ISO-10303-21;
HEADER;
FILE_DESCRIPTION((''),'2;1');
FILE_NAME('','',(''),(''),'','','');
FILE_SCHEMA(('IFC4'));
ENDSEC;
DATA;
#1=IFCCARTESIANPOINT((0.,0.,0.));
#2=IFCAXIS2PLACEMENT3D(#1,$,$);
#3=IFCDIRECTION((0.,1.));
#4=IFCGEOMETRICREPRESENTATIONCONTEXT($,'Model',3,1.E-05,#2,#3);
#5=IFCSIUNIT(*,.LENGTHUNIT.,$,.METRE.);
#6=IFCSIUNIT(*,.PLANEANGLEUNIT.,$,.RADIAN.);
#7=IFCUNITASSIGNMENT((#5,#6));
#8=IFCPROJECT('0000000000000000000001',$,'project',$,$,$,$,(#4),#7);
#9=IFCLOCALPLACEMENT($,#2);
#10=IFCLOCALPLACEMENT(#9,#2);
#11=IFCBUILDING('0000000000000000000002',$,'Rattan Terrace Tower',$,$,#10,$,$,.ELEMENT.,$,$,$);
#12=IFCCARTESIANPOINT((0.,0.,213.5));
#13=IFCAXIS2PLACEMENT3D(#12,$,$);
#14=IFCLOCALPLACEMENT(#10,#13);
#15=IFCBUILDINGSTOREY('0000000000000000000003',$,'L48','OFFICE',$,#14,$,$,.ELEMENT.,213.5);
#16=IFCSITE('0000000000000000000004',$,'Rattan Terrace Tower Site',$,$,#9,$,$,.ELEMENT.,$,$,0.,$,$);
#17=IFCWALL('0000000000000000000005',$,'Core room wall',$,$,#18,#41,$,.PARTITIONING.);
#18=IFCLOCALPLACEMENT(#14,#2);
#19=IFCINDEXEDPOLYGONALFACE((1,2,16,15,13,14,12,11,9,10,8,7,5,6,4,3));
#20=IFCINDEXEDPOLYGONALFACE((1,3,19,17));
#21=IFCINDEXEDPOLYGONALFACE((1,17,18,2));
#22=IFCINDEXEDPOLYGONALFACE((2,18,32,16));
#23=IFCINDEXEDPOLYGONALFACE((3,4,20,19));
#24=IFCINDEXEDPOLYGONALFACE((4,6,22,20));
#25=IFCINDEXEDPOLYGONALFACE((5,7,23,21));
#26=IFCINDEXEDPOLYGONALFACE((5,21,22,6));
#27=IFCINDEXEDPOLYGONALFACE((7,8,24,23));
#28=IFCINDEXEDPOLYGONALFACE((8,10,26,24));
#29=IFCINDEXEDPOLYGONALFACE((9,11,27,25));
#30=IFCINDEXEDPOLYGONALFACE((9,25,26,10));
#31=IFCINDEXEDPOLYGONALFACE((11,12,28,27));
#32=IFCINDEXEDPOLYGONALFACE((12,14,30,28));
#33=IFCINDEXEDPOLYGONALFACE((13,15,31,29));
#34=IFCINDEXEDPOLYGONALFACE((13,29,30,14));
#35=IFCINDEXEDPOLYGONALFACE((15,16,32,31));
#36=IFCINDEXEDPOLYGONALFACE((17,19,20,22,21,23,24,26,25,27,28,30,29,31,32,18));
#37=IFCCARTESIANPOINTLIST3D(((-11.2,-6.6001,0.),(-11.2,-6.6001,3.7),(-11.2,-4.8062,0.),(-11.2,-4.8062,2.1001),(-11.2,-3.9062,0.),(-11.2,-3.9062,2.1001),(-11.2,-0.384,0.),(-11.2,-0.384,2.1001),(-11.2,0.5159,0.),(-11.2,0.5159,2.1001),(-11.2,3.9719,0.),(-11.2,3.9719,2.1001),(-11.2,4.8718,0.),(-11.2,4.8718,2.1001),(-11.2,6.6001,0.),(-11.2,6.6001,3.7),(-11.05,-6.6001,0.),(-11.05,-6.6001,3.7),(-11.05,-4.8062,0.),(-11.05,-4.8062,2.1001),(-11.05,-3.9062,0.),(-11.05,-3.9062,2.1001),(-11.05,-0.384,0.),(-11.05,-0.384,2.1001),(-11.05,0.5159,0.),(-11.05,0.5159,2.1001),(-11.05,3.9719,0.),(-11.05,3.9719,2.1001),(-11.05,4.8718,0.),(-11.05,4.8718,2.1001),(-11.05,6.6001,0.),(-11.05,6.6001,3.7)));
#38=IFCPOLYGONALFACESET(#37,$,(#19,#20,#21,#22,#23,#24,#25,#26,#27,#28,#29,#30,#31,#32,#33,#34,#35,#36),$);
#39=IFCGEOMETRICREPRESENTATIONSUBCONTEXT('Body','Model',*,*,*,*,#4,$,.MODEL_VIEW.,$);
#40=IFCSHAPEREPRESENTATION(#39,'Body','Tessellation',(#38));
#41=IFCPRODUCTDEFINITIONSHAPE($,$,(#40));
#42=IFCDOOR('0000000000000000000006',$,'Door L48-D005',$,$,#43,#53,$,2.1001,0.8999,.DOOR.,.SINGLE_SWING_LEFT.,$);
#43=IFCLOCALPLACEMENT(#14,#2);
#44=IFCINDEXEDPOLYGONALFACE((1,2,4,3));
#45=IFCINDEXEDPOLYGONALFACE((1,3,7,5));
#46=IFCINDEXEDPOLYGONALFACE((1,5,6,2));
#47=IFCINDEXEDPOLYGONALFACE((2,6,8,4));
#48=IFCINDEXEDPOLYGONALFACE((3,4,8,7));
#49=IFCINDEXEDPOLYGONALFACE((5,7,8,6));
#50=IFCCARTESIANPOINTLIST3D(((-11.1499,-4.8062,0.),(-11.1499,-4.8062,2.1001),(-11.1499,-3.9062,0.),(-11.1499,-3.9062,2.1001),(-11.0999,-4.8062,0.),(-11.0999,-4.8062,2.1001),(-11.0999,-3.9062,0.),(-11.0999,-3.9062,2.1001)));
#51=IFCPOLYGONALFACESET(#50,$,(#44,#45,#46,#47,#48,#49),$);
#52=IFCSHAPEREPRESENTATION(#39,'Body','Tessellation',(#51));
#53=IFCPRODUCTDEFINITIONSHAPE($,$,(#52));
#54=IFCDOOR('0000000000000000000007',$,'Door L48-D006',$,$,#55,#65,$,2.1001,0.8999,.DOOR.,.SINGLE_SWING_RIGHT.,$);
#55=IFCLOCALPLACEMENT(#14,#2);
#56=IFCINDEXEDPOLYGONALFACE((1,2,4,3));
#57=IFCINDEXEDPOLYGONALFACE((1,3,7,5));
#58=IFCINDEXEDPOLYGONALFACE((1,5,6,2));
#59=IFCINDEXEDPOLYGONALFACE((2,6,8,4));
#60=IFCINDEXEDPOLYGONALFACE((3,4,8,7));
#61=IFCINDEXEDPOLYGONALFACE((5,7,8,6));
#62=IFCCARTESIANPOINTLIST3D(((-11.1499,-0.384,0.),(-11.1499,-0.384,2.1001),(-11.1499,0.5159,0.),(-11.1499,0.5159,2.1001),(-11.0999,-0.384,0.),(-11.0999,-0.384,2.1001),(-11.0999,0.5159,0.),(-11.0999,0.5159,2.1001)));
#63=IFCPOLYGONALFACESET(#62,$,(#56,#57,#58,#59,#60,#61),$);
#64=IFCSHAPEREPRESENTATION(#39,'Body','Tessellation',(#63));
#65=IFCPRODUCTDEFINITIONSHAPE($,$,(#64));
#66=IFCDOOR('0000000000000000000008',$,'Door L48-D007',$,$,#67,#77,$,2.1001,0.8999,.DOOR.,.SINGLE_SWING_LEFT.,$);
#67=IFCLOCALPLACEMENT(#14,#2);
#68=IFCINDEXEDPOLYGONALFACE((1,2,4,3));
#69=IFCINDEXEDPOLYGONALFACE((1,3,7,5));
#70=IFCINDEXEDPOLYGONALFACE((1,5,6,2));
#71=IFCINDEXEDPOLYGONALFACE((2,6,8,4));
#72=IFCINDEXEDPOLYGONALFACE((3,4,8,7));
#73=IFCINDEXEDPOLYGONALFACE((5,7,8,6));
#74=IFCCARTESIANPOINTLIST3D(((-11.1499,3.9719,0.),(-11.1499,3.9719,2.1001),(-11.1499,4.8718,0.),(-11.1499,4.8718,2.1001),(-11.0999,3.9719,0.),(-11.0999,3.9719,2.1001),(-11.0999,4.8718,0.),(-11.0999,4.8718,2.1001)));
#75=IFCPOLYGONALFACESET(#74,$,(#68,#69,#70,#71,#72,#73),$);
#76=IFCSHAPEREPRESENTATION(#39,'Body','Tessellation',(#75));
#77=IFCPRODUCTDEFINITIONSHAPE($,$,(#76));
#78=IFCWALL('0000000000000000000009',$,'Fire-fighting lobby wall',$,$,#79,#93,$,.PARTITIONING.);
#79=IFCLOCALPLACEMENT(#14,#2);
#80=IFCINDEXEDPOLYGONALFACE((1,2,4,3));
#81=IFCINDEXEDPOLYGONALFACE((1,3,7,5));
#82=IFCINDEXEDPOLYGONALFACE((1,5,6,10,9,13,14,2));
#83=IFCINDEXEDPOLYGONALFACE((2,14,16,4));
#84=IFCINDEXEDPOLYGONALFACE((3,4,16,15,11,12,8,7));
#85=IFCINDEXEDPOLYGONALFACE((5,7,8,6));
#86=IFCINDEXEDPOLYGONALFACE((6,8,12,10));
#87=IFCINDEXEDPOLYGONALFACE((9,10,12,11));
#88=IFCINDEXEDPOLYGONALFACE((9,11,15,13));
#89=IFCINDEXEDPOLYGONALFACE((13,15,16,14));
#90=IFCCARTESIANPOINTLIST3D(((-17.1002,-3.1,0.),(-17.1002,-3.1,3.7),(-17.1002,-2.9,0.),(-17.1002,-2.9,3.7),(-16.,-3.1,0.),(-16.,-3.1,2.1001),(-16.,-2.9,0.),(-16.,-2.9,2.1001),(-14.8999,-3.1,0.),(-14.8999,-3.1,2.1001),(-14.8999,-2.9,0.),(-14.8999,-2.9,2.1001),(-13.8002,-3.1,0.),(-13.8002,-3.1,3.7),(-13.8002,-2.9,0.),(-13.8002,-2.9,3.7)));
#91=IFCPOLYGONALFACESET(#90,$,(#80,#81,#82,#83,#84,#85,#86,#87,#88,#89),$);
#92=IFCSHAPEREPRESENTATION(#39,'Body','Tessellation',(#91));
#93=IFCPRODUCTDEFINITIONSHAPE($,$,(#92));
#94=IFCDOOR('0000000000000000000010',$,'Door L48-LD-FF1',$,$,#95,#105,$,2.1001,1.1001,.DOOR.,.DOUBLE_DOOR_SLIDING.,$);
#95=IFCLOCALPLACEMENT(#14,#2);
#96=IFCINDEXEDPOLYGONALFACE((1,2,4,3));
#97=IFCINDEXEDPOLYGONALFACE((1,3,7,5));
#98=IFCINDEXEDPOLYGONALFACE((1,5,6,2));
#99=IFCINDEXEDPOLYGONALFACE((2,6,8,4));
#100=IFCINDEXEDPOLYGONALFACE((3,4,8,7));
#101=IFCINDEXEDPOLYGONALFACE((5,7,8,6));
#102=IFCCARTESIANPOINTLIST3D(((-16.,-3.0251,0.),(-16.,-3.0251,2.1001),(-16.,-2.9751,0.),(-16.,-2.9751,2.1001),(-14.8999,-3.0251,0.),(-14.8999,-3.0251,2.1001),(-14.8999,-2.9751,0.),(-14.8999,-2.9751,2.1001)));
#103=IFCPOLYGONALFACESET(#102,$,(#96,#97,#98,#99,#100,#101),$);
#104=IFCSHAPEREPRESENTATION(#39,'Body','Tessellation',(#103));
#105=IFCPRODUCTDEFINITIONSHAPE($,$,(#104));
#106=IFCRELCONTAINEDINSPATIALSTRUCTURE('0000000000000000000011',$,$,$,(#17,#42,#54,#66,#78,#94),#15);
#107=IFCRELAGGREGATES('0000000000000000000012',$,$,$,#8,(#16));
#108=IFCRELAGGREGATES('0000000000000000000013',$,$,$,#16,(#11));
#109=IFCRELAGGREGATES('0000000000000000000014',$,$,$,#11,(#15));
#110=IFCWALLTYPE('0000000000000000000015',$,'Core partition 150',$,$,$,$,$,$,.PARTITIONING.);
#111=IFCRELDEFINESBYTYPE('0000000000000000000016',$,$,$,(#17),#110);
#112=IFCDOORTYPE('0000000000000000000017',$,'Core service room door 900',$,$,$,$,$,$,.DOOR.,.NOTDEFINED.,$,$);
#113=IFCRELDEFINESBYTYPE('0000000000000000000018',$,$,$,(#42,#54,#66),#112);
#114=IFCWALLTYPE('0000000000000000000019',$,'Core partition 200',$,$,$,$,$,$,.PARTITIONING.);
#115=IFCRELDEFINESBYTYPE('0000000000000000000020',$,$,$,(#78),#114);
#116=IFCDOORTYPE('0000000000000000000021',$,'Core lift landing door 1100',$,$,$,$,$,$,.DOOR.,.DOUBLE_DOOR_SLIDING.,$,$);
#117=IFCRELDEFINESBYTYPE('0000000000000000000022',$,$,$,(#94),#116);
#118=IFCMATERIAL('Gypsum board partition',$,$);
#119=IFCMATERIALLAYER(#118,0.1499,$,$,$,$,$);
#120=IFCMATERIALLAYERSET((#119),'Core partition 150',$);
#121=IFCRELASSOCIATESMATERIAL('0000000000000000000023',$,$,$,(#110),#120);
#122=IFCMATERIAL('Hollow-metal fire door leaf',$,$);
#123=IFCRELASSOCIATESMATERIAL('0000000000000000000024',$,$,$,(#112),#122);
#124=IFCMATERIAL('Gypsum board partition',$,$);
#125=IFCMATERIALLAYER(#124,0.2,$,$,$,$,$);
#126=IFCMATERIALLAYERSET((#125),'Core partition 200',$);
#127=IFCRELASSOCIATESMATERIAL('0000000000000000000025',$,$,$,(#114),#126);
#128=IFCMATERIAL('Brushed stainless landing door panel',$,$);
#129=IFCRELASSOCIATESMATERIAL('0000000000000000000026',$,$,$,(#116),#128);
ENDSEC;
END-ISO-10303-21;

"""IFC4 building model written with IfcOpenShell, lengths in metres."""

from ifc_helpers import new_model, si_unit, direction, frame, frame_2d, origin, place, context, subcontext, project, spatial, rectangle, extrude, material, layer, layer_set, type_object, element, fill, save


model = new_model("IFC4")

# Units and contexts
model_context = context("Model", 3, precision=1e-05, world=origin(), true_north=direction((0.0, 1.0)))
body_context = subcontext(model_context, "Body", "Model", "MODEL_VIEW")
ifc_project = project(units=[si_unit("LENGTHUNIT", "METRE"), si_unit("PLANEANGLEUNIT", "RADIAN")], contexts=[model_context])

# Site, building, storey
site_placement = place(None, origin())
site = spatial("IfcSite", under=ifc_project, at=site_placement, Name="Rattan Terrace Tower Site", CompositionType="ELEMENT", RefElevation=0.0)
building_placement = place(site_placement, origin())
building = spatial("IfcBuilding", under=site, at=building_placement, Name="Rattan Terrace Tower", CompositionType="ELEMENT")
storey_placement = place(building_placement, frame((0.0, 0.0, 213.5)))
storey = spatial("IfcBuildingStorey", under=building, at=storey_placement, Name="L48", Description="OFFICE", CompositionType="ELEMENT", Elevation=213.5)

# Wall, openings, doors
ifc_material_1 = material(Name="Gypsum board partition")
ifc_layer_1 = layer(ifc_material_1, 0.1499)
ifc_layer_set_1 = layer_set([ifc_layer_1], Name="Core partition 150")
wall_type_1 = type_object("IfcWallType", Name="Core partition 150", PredefinedType="PARTITIONING", material=ifc_layer_set_1)
wall_1_placement = place(storey_placement, frame((-11.125, -6.6001, 0.0), z_axis=(0.0, 0.0, 1.0), x_axis=(0.0, 1.0, 0.0)))
wall_1 = element("IfcWall", 1, at=wall_1_placement, inside=storey, type_object=wall_type_1, Name="Core room wall", PredefinedType="PARTITIONING", context=body_context, shape_type="SweptSolid", body=[
    extrude(rectangle(XDim=13.2002, YDim=0.1499, at=frame_2d((6.6001, 0.0))), origin(), (0.0, 0.0, 1.0), 3.7),
])
opening_1_placement = place(wall_1_placement, frame((1.7939, 0.0, 0.0)))
opening_1 = element("IfcOpeningElement", 2, at=opening_1_placement, cuts=wall_1, PredefinedType="OPENING", context=body_context, shape_type="SweptSolid", body=[
    extrude(rectangle(XDim=0.8999, YDim=2.1001, at=frame_2d((0.45, 1.05))), frame((0.0, 0.0854, 0.0), z_axis=(0.0, -1.0, 0.0), x_axis=(1.0, 0.0, 0.0)), (0.0, 0.0, 1.0), 0.1709),
])
opening_2_placement = place(wall_1_placement, frame((6.2161, 0.0, 0.0)))
opening_2 = element("IfcOpeningElement", 3, at=opening_2_placement, cuts=wall_1, PredefinedType="OPENING", context=body_context, shape_type="SweptSolid", body=[
    extrude(rectangle(XDim=0.8999, YDim=2.1001, at=frame_2d((0.45, 1.05))), frame((0.0, 0.0854, 0.0), z_axis=(0.0, -1.0, 0.0), x_axis=(1.0, 0.0, 0.0)), (0.0, 0.0, 1.0), 0.1709),
])
opening_3_placement = place(wall_1_placement, frame((10.572, 0.0, 0.0)))
opening_3 = element("IfcOpeningElement", 4, at=opening_3_placement, cuts=wall_1, PredefinedType="OPENING", context=body_context, shape_type="SweptSolid", body=[
    extrude(rectangle(XDim=0.8999, YDim=2.1001, at=frame_2d((0.45, 1.05))), frame((0.0, 0.0854, 0.0), z_axis=(0.0, -1.0, 0.0), x_axis=(1.0, 0.0, 0.0)), (0.0, 0.0, 1.0), 0.1709),
])
ifc_material_2 = material(Name="Hollow-metal fire door leaf")
door_type_1 = type_object("IfcDoorType", Name="Core service room door 900", OperationType="NOTDEFINED", PredefinedType="DOOR", material=ifc_material_2)
door_1_placement = place(opening_1_placement, origin())
door_1 = element("IfcDoor", 5, at=door_1_placement, inside=storey, type_object=door_type_1, Name="Door L48-D005", OperationType="SINGLE_SWING_LEFT", OverallHeight=2.1001, OverallWidth=0.8999, PredefinedType="DOOR", context=body_context, shape_type="SweptSolid", body=[
    extrude(rectangle(XDim=0.8999, YDim=2.1001, at=frame_2d((0.45, 1.05))), frame((0.0, 0.0249, 0.0), z_axis=(0.0, -1.0, 0.0), x_axis=(1.0, 0.0, 0.0)), (0.0, 0.0, 1.0), 0.05),
])
fill(opening_1, door_1)
door_2_placement = place(opening_2_placement, origin())
door_2 = element("IfcDoor", 6, at=door_2_placement, inside=storey, type_object=door_type_1, Name="Door L48-D006", OperationType="SINGLE_SWING_RIGHT", OverallHeight=2.1001, OverallWidth=0.8999, PredefinedType="DOOR", context=body_context, shape_type="SweptSolid", body=[
    extrude(rectangle(XDim=0.8999, YDim=2.1001, at=frame_2d((0.45, 1.05))), frame((0.0, 0.0249, 0.0), z_axis=(0.0, -1.0, 0.0), x_axis=(1.0, 0.0, 0.0)), (0.0, 0.0, 1.0), 0.05),
])
fill(opening_2, door_2)
door_3_placement = place(opening_3_placement, origin())
door_3 = element("IfcDoor", 7, at=door_3_placement, inside=storey, type_object=door_type_1, Name="Door L48-D007", OperationType="SINGLE_SWING_LEFT", OverallHeight=2.1001, OverallWidth=0.8999, PredefinedType="DOOR", context=body_context, shape_type="SweptSolid", body=[
    extrude(rectangle(XDim=0.8999, YDim=2.1001, at=frame_2d((0.45, 1.05))), frame((0.0, 0.0249, 0.0), z_axis=(0.0, -1.0, 0.0), x_axis=(1.0, 0.0, 0.0)), (0.0, 0.0, 1.0), 0.05),
])
fill(opening_3, door_3)

# Wall, opening, door
ifc_material_3 = material(Name="Gypsum board partition")
ifc_layer_2 = layer(ifc_material_3, 0.2)
ifc_layer_set_2 = layer_set([ifc_layer_2], Name="Core partition 200")
wall_type_2 = type_object("IfcWallType", Name="Core partition 200", PredefinedType="PARTITIONING", material=ifc_layer_set_2)
wall_2_placement = place(storey_placement, frame((-17.1001, -3.0, 0.0), z_axis=(0.0, 0.0, 1.0), x_axis=(1.0, 0.0, 0.0)))
wall_2 = element("IfcWall", 8, at=wall_2_placement, inside=storey, type_object=wall_type_2, Name="Fire-fighting lobby wall", PredefinedType="PARTITIONING", context=body_context, shape_type="SweptSolid", body=[
    extrude(rectangle(XDim=3.3, YDim=0.2, at=frame_2d((1.6499, 0.0))), origin(), (0.0, 0.0, 1.0), 3.7),
])
opening_4_placement = place(wall_2_placement, frame((1.1001, 0.0, 0.0)))
opening_4 = element("IfcOpeningElement", 9, at=opening_4_placement, cuts=wall_2, PredefinedType="OPENING", context=body_context, shape_type="SweptSolid", body=[
    extrude(rectangle(XDim=1.1001, YDim=2.1001, at=frame_2d((0.55, 1.05))), frame((0.0, 0.1106, 0.0), z_axis=(0.0, -1.0, 0.0), x_axis=(1.0, 0.0, 0.0)), (0.0, 0.0, 1.0), 0.2209),
])
ifc_material_4 = material(Name="Brushed stainless landing door panel")
door_type_2 = type_object("IfcDoorType", Name="Core lift landing door 1100", OperationType="DOUBLE_DOOR_SLIDING", PredefinedType="DOOR", material=ifc_material_4)
door_4_placement = place(opening_4_placement, origin())
door_4 = element("IfcDoor", 10, at=door_4_placement, inside=storey, type_object=door_type_2, Name="Door L48-LD-FF1", OperationType="DOUBLE_DOOR_SLIDING", OverallHeight=2.1001, OverallWidth=1.1001, PredefinedType="DOOR", context=body_context, shape_type="SweptSolid", body=[
    extrude(rectangle(XDim=1.1001, YDim=2.1001, at=frame_2d((0.55, 1.05))), frame((0.0, 0.0249, 0.0), z_axis=(0.0, -1.0, 0.0), x_axis=(1.0, 0.0, 0.0)), (0.0, 0.0, 1.0), 0.05),
])
fill(opening_4, door_4)

save(model, "model.ifc")
